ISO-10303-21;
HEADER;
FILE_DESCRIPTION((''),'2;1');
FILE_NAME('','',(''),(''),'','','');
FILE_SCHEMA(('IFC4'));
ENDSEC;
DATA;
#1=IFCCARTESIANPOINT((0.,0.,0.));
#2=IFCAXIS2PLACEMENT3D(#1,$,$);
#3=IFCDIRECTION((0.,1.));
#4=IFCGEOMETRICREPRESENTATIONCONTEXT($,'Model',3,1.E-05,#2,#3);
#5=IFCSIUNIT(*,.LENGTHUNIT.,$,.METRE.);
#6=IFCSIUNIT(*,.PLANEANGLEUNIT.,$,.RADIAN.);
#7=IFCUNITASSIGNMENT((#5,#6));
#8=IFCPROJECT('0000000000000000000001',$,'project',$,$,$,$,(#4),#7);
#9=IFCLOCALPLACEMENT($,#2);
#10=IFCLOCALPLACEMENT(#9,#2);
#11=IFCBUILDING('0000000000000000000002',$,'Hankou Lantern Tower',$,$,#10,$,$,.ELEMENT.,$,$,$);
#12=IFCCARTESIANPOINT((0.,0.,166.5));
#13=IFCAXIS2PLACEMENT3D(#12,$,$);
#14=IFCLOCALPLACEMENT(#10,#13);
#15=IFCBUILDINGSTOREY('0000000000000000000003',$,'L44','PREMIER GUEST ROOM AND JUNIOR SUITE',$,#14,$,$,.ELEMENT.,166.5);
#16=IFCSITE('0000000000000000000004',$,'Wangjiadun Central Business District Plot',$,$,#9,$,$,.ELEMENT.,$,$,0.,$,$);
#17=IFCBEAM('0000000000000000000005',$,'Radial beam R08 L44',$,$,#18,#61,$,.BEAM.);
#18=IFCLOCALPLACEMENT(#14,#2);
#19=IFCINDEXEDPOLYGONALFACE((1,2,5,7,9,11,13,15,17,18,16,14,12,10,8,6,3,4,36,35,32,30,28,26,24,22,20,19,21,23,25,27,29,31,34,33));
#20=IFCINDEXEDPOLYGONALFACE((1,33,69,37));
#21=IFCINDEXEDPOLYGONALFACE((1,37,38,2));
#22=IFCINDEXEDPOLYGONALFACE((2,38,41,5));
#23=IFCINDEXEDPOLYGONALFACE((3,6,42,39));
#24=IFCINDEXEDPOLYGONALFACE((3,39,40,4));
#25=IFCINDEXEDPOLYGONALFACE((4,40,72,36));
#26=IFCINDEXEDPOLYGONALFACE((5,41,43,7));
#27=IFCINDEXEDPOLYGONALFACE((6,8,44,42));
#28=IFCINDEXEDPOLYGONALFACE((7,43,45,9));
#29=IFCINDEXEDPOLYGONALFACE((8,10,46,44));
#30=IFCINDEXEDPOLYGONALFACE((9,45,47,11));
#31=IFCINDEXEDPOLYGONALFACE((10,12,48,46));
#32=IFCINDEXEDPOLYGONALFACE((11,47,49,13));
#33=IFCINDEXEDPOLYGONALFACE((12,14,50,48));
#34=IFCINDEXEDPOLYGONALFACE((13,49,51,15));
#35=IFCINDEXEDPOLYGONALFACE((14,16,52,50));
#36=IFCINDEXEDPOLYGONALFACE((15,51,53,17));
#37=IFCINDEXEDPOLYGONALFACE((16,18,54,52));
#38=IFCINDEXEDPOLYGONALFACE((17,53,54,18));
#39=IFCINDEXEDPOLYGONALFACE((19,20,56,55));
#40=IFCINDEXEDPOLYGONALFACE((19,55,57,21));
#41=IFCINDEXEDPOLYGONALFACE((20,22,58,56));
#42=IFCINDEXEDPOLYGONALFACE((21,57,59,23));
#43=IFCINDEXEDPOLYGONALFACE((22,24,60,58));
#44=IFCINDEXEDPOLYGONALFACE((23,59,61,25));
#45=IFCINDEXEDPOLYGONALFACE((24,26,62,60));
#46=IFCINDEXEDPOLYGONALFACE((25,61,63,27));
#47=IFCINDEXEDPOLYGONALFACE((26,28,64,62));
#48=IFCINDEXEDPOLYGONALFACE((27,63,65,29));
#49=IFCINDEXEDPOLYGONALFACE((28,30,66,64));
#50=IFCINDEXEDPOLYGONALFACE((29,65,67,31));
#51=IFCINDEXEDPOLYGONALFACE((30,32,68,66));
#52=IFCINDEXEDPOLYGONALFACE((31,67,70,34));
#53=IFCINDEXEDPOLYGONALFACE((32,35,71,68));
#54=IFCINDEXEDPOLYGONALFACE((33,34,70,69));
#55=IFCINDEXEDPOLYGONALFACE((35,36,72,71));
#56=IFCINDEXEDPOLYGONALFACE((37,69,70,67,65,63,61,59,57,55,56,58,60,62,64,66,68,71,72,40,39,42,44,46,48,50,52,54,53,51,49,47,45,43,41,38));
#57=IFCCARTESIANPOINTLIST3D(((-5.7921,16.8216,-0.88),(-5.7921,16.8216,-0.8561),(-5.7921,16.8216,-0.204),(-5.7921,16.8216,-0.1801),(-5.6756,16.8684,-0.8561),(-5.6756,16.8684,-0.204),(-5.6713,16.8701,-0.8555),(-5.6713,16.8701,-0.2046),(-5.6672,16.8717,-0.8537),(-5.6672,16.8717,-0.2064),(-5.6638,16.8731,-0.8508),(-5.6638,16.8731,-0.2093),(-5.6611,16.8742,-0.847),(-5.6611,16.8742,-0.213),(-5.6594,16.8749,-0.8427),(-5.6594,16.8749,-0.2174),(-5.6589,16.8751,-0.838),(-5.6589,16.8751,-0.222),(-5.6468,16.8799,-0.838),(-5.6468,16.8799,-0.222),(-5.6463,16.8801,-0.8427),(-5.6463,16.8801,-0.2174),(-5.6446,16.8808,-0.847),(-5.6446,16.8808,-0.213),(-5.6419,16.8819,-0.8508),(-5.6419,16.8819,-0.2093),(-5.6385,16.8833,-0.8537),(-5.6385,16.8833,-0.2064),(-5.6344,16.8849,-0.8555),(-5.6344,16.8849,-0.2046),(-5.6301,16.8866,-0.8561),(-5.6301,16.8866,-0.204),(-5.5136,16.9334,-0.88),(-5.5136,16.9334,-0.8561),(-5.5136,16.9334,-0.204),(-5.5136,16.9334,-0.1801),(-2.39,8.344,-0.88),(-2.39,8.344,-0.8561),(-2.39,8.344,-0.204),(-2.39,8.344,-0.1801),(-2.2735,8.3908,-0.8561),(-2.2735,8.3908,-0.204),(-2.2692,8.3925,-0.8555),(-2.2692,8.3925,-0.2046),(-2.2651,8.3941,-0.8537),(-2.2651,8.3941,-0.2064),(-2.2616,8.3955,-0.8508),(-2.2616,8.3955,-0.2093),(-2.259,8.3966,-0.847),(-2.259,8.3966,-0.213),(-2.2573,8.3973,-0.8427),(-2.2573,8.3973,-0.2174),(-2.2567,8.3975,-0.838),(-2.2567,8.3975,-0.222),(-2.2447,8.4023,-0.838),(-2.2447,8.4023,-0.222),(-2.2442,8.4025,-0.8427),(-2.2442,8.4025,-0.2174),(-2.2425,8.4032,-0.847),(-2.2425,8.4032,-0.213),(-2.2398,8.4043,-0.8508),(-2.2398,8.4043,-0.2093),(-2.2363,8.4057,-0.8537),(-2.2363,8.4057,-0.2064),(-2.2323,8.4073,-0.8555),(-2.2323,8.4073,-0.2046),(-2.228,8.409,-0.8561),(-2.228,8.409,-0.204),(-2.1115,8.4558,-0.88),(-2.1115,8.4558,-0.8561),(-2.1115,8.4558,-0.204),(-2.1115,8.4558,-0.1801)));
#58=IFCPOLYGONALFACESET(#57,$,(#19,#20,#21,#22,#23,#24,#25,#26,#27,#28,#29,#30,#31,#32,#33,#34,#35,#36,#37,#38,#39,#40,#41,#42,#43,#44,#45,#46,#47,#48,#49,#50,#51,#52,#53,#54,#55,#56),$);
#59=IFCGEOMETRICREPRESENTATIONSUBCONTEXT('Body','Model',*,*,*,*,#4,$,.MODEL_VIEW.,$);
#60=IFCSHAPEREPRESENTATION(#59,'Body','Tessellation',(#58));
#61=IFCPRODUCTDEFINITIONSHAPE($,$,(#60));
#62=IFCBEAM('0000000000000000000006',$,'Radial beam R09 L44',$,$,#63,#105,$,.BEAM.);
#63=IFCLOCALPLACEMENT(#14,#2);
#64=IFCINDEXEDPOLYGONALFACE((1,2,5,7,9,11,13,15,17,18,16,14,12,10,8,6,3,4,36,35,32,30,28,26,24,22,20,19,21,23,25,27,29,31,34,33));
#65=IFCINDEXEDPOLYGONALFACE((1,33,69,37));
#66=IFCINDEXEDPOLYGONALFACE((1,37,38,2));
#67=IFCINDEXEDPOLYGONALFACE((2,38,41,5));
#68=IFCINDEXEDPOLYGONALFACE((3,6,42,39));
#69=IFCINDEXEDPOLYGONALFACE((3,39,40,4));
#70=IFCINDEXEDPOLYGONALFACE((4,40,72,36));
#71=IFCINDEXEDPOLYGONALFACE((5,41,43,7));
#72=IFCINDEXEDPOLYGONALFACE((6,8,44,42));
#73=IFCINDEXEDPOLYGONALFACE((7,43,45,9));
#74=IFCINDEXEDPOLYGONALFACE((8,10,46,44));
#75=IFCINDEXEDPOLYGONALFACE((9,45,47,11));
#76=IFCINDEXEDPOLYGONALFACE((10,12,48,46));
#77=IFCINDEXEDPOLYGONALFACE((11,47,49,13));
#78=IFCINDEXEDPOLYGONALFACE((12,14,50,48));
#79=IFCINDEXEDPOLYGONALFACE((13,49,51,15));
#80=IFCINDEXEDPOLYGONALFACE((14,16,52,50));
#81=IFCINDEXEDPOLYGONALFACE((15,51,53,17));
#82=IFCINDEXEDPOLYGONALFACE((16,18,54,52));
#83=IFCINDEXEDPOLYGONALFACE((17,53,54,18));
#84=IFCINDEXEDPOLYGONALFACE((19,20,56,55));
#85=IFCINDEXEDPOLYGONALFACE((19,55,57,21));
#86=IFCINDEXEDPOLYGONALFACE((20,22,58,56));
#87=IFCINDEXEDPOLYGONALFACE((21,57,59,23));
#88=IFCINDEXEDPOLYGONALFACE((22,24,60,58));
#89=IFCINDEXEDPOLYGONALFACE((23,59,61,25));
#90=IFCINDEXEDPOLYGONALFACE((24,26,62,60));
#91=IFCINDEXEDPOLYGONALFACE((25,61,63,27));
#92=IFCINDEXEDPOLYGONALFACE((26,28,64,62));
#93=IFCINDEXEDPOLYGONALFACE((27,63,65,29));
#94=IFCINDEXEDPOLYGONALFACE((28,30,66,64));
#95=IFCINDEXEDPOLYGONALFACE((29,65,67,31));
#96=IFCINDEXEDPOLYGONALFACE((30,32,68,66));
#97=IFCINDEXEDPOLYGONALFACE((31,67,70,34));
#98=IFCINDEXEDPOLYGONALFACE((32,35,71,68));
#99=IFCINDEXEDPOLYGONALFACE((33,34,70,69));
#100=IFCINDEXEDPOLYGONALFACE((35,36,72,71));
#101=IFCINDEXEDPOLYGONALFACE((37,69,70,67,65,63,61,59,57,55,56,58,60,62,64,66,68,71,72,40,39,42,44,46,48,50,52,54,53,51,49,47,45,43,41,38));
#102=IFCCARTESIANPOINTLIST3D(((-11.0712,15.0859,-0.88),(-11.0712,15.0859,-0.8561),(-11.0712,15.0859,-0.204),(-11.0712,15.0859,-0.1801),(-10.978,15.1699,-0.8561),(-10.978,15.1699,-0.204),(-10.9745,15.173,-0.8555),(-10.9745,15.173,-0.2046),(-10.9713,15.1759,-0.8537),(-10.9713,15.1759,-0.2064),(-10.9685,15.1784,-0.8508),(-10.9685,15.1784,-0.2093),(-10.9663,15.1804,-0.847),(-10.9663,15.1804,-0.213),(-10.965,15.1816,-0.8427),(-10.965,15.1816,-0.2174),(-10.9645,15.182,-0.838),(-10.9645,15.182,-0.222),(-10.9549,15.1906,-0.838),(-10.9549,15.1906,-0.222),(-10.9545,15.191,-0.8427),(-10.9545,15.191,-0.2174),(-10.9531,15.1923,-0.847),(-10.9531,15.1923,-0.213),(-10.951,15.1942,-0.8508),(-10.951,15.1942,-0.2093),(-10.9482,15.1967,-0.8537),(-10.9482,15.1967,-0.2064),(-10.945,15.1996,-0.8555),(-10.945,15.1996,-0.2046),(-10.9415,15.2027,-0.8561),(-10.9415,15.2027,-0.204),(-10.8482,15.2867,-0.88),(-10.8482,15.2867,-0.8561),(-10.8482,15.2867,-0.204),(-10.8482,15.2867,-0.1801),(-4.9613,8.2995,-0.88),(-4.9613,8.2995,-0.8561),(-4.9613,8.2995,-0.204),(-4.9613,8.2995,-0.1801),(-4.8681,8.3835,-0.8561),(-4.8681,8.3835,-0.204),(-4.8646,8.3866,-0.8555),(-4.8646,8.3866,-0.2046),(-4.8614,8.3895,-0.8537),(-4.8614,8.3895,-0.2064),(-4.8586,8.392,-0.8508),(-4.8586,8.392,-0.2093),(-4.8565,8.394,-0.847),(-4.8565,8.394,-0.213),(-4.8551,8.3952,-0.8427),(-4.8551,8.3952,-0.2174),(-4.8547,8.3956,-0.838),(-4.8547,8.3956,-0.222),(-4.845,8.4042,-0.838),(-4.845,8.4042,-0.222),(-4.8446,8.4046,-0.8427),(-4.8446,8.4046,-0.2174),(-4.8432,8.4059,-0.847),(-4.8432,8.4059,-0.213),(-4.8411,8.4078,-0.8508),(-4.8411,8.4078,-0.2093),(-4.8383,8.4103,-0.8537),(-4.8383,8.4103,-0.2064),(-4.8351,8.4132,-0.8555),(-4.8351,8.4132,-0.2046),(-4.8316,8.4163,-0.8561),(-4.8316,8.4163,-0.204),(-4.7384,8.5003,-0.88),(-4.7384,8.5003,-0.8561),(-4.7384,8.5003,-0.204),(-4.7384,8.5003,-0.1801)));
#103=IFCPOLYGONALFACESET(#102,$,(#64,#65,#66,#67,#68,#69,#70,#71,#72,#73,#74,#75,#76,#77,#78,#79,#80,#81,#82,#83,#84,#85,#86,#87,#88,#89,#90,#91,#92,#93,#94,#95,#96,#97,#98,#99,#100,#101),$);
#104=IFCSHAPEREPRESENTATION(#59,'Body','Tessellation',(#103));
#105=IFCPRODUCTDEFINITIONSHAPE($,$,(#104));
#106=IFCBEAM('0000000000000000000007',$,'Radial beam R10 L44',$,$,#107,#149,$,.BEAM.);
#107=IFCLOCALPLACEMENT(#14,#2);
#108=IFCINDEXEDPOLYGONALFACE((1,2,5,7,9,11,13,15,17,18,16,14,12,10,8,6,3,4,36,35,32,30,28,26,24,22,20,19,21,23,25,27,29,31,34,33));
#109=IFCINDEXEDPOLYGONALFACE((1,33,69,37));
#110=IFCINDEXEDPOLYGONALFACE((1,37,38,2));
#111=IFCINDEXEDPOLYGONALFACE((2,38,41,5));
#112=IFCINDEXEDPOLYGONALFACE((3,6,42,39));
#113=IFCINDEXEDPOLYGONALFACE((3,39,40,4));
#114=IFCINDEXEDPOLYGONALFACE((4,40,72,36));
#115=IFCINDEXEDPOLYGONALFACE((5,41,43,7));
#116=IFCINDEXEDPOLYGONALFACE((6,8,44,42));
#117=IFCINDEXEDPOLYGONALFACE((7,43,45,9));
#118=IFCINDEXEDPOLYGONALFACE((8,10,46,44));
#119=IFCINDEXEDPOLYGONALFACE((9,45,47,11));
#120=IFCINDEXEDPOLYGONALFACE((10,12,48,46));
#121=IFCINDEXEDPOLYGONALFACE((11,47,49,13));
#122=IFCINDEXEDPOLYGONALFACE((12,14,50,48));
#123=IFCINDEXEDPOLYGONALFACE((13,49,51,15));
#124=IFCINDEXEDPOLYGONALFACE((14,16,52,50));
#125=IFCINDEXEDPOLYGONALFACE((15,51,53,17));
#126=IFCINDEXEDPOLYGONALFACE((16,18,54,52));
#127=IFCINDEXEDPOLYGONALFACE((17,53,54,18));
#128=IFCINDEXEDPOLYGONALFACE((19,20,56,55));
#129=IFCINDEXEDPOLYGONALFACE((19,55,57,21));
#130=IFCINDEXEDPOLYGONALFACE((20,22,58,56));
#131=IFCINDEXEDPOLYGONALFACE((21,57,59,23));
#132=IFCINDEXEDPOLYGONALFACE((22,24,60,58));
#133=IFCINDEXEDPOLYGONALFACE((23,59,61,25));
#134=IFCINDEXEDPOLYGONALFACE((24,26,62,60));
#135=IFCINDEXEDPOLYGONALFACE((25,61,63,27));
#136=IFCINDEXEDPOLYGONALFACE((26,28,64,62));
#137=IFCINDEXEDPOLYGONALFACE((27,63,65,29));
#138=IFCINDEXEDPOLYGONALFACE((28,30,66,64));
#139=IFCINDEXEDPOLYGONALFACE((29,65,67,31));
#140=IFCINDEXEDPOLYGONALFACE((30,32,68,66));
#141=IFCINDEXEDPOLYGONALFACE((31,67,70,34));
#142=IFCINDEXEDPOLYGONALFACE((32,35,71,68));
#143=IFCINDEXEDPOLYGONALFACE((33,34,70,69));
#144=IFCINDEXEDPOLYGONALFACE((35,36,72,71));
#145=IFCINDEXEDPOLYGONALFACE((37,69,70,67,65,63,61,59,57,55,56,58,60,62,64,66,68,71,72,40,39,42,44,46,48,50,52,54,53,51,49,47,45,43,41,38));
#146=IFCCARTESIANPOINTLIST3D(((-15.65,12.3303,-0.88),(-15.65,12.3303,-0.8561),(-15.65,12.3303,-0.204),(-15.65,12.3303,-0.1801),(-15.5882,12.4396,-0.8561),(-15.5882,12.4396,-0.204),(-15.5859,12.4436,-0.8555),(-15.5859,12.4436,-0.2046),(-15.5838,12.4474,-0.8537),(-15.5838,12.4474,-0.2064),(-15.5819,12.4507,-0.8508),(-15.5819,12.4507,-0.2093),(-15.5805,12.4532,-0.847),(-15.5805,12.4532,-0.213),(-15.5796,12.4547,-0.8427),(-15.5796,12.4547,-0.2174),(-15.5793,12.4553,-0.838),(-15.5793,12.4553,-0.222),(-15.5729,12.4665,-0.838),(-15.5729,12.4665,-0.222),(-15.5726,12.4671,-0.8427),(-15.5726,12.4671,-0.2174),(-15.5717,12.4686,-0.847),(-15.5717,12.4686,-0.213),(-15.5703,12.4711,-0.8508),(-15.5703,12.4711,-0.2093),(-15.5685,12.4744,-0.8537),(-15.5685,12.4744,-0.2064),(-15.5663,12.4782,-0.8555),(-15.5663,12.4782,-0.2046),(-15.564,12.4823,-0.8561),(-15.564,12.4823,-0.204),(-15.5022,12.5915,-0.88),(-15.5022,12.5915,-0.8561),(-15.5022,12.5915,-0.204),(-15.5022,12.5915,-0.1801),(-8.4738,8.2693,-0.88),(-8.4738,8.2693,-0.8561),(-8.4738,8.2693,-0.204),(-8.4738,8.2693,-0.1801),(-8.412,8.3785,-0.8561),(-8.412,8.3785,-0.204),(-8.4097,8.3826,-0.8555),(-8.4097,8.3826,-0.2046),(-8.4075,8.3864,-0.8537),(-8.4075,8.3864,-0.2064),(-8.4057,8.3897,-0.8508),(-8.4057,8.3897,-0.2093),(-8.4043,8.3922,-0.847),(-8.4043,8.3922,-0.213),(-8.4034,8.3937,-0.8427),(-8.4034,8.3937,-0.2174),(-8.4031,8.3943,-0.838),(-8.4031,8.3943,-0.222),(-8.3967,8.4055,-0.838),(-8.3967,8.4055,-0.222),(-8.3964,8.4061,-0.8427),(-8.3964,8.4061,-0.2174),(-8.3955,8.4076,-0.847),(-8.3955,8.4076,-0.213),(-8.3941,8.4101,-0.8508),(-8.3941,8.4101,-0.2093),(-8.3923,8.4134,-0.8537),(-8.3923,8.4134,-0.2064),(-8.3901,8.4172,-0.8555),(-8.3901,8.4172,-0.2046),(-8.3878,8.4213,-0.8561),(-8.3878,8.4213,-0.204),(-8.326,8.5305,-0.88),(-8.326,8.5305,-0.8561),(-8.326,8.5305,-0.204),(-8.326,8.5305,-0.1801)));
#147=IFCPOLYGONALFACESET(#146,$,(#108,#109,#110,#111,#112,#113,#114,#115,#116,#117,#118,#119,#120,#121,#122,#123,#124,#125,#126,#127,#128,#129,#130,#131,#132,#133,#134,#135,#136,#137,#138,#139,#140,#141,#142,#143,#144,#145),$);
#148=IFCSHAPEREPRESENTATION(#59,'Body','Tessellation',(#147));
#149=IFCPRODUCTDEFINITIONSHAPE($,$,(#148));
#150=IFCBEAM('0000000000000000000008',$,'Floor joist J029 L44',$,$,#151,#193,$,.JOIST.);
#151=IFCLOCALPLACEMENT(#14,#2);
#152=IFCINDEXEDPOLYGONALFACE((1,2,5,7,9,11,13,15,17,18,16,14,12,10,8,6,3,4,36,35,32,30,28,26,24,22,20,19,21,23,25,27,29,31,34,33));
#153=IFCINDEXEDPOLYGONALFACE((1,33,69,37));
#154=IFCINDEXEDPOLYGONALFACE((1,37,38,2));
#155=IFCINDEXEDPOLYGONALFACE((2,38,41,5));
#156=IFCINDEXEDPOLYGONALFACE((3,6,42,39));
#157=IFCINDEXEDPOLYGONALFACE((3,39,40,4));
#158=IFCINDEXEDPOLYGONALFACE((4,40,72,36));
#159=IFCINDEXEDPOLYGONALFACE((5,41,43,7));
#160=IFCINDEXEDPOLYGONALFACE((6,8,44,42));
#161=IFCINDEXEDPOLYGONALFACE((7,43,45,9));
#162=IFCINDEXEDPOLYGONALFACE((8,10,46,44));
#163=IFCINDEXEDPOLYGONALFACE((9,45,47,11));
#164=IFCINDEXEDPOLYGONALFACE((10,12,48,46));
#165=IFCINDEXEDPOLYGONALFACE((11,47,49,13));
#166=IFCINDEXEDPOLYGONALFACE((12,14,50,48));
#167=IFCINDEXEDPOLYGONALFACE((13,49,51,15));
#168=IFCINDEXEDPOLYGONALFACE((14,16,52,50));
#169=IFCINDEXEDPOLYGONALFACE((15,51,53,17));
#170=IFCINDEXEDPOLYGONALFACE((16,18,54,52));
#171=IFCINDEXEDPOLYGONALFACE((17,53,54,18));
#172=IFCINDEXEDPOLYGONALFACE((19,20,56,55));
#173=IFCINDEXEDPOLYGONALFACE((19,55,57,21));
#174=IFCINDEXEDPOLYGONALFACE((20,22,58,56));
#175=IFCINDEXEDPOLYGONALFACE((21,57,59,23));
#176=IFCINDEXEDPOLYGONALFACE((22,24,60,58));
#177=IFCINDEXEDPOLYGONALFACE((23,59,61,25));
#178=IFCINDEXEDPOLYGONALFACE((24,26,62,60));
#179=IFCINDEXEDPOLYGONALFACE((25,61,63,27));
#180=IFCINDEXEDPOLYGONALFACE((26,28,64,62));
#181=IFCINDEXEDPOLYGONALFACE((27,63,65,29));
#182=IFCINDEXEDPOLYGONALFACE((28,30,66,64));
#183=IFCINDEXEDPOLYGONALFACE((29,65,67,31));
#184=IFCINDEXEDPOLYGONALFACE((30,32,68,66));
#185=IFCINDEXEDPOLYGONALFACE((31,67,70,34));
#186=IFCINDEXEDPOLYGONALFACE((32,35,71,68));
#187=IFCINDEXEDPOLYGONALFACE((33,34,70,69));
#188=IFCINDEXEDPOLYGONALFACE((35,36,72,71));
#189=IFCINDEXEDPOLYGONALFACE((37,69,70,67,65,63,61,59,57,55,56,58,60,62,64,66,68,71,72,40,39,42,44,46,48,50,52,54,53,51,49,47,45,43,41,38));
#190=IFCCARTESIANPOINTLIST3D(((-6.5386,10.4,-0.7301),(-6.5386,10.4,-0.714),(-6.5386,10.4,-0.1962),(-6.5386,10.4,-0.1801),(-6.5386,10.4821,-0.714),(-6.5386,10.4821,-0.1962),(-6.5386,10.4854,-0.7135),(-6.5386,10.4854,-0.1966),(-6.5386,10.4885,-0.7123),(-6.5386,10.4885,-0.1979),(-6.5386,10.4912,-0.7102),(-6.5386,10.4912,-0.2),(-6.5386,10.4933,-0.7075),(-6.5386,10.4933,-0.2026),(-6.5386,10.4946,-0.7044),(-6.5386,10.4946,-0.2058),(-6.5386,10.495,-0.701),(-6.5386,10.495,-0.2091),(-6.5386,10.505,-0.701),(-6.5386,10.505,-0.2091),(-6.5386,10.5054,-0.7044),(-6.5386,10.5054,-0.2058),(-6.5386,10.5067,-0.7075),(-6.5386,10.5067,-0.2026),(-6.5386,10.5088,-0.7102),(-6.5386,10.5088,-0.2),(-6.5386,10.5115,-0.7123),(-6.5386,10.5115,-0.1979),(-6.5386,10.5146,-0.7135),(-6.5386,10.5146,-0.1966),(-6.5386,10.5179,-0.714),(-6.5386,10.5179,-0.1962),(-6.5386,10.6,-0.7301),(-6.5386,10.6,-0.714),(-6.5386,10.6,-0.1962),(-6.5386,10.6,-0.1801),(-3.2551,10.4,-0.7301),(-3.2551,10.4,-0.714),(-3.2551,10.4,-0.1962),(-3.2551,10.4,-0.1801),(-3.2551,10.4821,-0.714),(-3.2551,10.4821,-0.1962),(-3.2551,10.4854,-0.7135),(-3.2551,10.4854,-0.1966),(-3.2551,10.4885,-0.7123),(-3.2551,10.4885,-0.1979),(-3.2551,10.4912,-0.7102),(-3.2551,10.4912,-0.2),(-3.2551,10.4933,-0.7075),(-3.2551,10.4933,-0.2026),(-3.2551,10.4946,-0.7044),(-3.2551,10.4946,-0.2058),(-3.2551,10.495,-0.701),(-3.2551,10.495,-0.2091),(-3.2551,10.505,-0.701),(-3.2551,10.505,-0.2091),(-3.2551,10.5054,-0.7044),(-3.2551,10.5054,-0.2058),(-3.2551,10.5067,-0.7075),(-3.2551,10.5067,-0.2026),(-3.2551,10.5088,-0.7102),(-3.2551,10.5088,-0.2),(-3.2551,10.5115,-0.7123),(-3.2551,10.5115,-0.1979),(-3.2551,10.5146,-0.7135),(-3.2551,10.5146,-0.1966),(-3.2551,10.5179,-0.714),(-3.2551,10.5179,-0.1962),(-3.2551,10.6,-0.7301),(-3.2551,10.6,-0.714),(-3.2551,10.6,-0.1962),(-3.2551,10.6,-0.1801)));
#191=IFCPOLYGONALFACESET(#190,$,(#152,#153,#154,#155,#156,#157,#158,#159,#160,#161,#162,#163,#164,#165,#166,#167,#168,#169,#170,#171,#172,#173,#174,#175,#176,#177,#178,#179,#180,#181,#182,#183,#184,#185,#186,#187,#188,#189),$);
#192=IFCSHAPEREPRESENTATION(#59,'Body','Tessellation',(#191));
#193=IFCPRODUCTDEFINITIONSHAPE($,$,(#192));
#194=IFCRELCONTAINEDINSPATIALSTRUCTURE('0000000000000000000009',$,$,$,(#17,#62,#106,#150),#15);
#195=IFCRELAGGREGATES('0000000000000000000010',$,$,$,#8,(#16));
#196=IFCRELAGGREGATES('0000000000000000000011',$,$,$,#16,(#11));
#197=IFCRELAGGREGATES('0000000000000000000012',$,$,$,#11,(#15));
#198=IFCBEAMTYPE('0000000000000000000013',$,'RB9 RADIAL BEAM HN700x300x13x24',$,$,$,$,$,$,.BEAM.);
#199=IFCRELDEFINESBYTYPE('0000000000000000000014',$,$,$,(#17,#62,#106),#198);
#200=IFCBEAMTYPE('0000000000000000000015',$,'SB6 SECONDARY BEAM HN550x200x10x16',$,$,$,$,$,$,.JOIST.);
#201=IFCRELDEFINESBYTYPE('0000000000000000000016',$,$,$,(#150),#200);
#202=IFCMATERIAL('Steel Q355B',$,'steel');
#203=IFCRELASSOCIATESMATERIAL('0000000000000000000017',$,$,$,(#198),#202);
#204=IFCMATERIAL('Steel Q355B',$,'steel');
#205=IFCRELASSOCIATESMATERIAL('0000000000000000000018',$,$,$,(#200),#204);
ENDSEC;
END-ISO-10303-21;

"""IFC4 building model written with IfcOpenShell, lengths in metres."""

from ifc_helpers import new_model, si_unit, direction, frame, origin, origin_2d, place, context, subcontext, project, spatial, i_section, extrude, material, material_profile, profile_set, type_object, element, save


model = new_model("IFC4")

# Units and contexts
model_context = context("Model", 3, precision=1e-05, world=origin(), true_north=direction((0.0, 1.0)))
body_context = subcontext(model_context, "Body", "Model", "MODEL_VIEW")
ifc_project = project(units=[si_unit("LENGTHUNIT", "METRE"), si_unit("PLANEANGLEUNIT", "RADIAN")], contexts=[model_context])

# Site, building, storey
site_placement = place(None, origin())
site = spatial("IfcSite", under=ifc_project, at=site_placement, Name="Wangjiadun Central Business District Plot", CompositionType="ELEMENT", RefElevation=0.0)
building_placement = place(site_placement, origin())
building = spatial("IfcBuilding", under=site, at=building_placement, Name="Hankou Lantern Tower", CompositionType="ELEMENT")
storey_placement = place(building_placement, frame((0.0, 0.0, 166.5)))
storey = spatial("IfcBuildingStorey", under=building, at=storey_placement, Name="L44", Description="PREMIER GUEST ROOM AND JUNIOR SUITE", CompositionType="ELEMENT", Elevation=166.5)

# Beams
ifc_material_1 = material(Name="Steel Q355B", Category="steel")
ifc_material_profile_1 = material_profile(ifc_material_1, i_section(OverallWidth=0.3, OverallDepth=0.7, WebThickness=0.0129, FlangeThickness=0.0239, FilletRadius=0.0181, at=origin_2d()), Name="HN700x300x13x24")
ifc_profile_set_1 = profile_set([ifc_material_profile_1], Name="Steel Q355B")
beam_type_1 = type_object("IfcBeamType", Name="RB9 RADIAL BEAM HN700x300x13x24", PredefinedType="BEAM", material=ifc_profile_set_1)
beam_1_placement = place(storey_placement, frame((-2.2507, 8.3999, -0.53), z_axis=(-0.372436, 0.928058, 0.0), x_axis=(-0.928058, -0.372436, 0.0)))
element("IfcBeam", 1, at=beam_1_placement, inside=storey, type_object=beam_type_1, Name="Radial beam R08 L44", PredefinedType="BEAM", context=body_context, shape_type="SweptSolid", body=[
    extrude(i_section(OverallWidth=0.3, OverallDepth=0.7, WebThickness=0.0129, FlangeThickness=0.0239, FilletRadius=0.0181, at=origin_2d()), origin(), (0.0, 0.0, 1.0), 9.1348),
])
beam_2_placement = place(storey_placement, frame((-4.8499, 8.3999, -0.53), z_axis=(-0.669093, 0.743178, 0.0), x_axis=(-0.743178, -0.669093, 0.0)))
element("IfcBeam", 2, at=beam_2_placement, inside=storey, type_object=beam_type_1, Name="Radial beam R09 L44", PredefinedType="BEAM", context=body_context, shape_type="SweptSolid", body=[
    extrude(i_section(OverallWidth=0.3, OverallDepth=0.7, WebThickness=0.0129, FlangeThickness=0.0239, FilletRadius=0.0181, at=origin_2d()), origin(), (0.0, 0.0, 1.0), 9.1316),
])
beam_3_placement = place(storey_placement, frame((-8.3999, 8.3999, -0.53), z_axis=(-0.870309, 0.492506, 0.0), x_axis=(-0.492506, -0.870309, 0.0)))
element("IfcBeam", 3, at=beam_3_placement, inside=storey, type_object=beam_type_1, Name="Radial beam R10 L44", PredefinedType="BEAM", context=body_context, shape_type="SweptSolid", body=[
    extrude(i_section(OverallWidth=0.3, OverallDepth=0.7, WebThickness=0.0129, FlangeThickness=0.0239, FilletRadius=0.0181, at=origin_2d()), origin(), (0.0, 0.0, 1.0), 8.2456),
])
ifc_material_2 = material(Name="Steel Q355B", Category="steel")
ifc_material_profile_2 = material_profile(ifc_material_2, i_section(OverallWidth=0.2, OverallDepth=0.55, WebThickness=0.01, FlangeThickness=0.0161, FilletRadius=0.0129, at=origin_2d()), Name="HN550x200x10x16")
ifc_profile_set_2 = profile_set([ifc_material_profile_2], Name="Steel Q355B")
beam_type_2 = type_object("IfcBeamType", Name="SB6 SECONDARY BEAM HN550x200x10x16", PredefinedType="JOIST", material=ifc_profile_set_2)
beam_4_placement = place(storey_placement, frame((-6.5386, 10.5, -0.4551), z_axis=(1.0, 0.0, 0.0), x_axis=(0.0, 1.0, 0.0)))
element("IfcBeam", 4, at=beam_4_placement, inside=storey, type_object=beam_type_2, Name="Floor joist J029 L44", PredefinedType="JOIST", context=body_context, shape_type="SweptSolid", body=[
    extrude(i_section(OverallWidth=0.2, OverallDepth=0.55, WebThickness=0.01, FlangeThickness=0.0161, FilletRadius=0.0129, at=origin_2d()), origin(), (0.0, 0.0, 1.0), 3.2834),
])

save(model, "model.ifc")
